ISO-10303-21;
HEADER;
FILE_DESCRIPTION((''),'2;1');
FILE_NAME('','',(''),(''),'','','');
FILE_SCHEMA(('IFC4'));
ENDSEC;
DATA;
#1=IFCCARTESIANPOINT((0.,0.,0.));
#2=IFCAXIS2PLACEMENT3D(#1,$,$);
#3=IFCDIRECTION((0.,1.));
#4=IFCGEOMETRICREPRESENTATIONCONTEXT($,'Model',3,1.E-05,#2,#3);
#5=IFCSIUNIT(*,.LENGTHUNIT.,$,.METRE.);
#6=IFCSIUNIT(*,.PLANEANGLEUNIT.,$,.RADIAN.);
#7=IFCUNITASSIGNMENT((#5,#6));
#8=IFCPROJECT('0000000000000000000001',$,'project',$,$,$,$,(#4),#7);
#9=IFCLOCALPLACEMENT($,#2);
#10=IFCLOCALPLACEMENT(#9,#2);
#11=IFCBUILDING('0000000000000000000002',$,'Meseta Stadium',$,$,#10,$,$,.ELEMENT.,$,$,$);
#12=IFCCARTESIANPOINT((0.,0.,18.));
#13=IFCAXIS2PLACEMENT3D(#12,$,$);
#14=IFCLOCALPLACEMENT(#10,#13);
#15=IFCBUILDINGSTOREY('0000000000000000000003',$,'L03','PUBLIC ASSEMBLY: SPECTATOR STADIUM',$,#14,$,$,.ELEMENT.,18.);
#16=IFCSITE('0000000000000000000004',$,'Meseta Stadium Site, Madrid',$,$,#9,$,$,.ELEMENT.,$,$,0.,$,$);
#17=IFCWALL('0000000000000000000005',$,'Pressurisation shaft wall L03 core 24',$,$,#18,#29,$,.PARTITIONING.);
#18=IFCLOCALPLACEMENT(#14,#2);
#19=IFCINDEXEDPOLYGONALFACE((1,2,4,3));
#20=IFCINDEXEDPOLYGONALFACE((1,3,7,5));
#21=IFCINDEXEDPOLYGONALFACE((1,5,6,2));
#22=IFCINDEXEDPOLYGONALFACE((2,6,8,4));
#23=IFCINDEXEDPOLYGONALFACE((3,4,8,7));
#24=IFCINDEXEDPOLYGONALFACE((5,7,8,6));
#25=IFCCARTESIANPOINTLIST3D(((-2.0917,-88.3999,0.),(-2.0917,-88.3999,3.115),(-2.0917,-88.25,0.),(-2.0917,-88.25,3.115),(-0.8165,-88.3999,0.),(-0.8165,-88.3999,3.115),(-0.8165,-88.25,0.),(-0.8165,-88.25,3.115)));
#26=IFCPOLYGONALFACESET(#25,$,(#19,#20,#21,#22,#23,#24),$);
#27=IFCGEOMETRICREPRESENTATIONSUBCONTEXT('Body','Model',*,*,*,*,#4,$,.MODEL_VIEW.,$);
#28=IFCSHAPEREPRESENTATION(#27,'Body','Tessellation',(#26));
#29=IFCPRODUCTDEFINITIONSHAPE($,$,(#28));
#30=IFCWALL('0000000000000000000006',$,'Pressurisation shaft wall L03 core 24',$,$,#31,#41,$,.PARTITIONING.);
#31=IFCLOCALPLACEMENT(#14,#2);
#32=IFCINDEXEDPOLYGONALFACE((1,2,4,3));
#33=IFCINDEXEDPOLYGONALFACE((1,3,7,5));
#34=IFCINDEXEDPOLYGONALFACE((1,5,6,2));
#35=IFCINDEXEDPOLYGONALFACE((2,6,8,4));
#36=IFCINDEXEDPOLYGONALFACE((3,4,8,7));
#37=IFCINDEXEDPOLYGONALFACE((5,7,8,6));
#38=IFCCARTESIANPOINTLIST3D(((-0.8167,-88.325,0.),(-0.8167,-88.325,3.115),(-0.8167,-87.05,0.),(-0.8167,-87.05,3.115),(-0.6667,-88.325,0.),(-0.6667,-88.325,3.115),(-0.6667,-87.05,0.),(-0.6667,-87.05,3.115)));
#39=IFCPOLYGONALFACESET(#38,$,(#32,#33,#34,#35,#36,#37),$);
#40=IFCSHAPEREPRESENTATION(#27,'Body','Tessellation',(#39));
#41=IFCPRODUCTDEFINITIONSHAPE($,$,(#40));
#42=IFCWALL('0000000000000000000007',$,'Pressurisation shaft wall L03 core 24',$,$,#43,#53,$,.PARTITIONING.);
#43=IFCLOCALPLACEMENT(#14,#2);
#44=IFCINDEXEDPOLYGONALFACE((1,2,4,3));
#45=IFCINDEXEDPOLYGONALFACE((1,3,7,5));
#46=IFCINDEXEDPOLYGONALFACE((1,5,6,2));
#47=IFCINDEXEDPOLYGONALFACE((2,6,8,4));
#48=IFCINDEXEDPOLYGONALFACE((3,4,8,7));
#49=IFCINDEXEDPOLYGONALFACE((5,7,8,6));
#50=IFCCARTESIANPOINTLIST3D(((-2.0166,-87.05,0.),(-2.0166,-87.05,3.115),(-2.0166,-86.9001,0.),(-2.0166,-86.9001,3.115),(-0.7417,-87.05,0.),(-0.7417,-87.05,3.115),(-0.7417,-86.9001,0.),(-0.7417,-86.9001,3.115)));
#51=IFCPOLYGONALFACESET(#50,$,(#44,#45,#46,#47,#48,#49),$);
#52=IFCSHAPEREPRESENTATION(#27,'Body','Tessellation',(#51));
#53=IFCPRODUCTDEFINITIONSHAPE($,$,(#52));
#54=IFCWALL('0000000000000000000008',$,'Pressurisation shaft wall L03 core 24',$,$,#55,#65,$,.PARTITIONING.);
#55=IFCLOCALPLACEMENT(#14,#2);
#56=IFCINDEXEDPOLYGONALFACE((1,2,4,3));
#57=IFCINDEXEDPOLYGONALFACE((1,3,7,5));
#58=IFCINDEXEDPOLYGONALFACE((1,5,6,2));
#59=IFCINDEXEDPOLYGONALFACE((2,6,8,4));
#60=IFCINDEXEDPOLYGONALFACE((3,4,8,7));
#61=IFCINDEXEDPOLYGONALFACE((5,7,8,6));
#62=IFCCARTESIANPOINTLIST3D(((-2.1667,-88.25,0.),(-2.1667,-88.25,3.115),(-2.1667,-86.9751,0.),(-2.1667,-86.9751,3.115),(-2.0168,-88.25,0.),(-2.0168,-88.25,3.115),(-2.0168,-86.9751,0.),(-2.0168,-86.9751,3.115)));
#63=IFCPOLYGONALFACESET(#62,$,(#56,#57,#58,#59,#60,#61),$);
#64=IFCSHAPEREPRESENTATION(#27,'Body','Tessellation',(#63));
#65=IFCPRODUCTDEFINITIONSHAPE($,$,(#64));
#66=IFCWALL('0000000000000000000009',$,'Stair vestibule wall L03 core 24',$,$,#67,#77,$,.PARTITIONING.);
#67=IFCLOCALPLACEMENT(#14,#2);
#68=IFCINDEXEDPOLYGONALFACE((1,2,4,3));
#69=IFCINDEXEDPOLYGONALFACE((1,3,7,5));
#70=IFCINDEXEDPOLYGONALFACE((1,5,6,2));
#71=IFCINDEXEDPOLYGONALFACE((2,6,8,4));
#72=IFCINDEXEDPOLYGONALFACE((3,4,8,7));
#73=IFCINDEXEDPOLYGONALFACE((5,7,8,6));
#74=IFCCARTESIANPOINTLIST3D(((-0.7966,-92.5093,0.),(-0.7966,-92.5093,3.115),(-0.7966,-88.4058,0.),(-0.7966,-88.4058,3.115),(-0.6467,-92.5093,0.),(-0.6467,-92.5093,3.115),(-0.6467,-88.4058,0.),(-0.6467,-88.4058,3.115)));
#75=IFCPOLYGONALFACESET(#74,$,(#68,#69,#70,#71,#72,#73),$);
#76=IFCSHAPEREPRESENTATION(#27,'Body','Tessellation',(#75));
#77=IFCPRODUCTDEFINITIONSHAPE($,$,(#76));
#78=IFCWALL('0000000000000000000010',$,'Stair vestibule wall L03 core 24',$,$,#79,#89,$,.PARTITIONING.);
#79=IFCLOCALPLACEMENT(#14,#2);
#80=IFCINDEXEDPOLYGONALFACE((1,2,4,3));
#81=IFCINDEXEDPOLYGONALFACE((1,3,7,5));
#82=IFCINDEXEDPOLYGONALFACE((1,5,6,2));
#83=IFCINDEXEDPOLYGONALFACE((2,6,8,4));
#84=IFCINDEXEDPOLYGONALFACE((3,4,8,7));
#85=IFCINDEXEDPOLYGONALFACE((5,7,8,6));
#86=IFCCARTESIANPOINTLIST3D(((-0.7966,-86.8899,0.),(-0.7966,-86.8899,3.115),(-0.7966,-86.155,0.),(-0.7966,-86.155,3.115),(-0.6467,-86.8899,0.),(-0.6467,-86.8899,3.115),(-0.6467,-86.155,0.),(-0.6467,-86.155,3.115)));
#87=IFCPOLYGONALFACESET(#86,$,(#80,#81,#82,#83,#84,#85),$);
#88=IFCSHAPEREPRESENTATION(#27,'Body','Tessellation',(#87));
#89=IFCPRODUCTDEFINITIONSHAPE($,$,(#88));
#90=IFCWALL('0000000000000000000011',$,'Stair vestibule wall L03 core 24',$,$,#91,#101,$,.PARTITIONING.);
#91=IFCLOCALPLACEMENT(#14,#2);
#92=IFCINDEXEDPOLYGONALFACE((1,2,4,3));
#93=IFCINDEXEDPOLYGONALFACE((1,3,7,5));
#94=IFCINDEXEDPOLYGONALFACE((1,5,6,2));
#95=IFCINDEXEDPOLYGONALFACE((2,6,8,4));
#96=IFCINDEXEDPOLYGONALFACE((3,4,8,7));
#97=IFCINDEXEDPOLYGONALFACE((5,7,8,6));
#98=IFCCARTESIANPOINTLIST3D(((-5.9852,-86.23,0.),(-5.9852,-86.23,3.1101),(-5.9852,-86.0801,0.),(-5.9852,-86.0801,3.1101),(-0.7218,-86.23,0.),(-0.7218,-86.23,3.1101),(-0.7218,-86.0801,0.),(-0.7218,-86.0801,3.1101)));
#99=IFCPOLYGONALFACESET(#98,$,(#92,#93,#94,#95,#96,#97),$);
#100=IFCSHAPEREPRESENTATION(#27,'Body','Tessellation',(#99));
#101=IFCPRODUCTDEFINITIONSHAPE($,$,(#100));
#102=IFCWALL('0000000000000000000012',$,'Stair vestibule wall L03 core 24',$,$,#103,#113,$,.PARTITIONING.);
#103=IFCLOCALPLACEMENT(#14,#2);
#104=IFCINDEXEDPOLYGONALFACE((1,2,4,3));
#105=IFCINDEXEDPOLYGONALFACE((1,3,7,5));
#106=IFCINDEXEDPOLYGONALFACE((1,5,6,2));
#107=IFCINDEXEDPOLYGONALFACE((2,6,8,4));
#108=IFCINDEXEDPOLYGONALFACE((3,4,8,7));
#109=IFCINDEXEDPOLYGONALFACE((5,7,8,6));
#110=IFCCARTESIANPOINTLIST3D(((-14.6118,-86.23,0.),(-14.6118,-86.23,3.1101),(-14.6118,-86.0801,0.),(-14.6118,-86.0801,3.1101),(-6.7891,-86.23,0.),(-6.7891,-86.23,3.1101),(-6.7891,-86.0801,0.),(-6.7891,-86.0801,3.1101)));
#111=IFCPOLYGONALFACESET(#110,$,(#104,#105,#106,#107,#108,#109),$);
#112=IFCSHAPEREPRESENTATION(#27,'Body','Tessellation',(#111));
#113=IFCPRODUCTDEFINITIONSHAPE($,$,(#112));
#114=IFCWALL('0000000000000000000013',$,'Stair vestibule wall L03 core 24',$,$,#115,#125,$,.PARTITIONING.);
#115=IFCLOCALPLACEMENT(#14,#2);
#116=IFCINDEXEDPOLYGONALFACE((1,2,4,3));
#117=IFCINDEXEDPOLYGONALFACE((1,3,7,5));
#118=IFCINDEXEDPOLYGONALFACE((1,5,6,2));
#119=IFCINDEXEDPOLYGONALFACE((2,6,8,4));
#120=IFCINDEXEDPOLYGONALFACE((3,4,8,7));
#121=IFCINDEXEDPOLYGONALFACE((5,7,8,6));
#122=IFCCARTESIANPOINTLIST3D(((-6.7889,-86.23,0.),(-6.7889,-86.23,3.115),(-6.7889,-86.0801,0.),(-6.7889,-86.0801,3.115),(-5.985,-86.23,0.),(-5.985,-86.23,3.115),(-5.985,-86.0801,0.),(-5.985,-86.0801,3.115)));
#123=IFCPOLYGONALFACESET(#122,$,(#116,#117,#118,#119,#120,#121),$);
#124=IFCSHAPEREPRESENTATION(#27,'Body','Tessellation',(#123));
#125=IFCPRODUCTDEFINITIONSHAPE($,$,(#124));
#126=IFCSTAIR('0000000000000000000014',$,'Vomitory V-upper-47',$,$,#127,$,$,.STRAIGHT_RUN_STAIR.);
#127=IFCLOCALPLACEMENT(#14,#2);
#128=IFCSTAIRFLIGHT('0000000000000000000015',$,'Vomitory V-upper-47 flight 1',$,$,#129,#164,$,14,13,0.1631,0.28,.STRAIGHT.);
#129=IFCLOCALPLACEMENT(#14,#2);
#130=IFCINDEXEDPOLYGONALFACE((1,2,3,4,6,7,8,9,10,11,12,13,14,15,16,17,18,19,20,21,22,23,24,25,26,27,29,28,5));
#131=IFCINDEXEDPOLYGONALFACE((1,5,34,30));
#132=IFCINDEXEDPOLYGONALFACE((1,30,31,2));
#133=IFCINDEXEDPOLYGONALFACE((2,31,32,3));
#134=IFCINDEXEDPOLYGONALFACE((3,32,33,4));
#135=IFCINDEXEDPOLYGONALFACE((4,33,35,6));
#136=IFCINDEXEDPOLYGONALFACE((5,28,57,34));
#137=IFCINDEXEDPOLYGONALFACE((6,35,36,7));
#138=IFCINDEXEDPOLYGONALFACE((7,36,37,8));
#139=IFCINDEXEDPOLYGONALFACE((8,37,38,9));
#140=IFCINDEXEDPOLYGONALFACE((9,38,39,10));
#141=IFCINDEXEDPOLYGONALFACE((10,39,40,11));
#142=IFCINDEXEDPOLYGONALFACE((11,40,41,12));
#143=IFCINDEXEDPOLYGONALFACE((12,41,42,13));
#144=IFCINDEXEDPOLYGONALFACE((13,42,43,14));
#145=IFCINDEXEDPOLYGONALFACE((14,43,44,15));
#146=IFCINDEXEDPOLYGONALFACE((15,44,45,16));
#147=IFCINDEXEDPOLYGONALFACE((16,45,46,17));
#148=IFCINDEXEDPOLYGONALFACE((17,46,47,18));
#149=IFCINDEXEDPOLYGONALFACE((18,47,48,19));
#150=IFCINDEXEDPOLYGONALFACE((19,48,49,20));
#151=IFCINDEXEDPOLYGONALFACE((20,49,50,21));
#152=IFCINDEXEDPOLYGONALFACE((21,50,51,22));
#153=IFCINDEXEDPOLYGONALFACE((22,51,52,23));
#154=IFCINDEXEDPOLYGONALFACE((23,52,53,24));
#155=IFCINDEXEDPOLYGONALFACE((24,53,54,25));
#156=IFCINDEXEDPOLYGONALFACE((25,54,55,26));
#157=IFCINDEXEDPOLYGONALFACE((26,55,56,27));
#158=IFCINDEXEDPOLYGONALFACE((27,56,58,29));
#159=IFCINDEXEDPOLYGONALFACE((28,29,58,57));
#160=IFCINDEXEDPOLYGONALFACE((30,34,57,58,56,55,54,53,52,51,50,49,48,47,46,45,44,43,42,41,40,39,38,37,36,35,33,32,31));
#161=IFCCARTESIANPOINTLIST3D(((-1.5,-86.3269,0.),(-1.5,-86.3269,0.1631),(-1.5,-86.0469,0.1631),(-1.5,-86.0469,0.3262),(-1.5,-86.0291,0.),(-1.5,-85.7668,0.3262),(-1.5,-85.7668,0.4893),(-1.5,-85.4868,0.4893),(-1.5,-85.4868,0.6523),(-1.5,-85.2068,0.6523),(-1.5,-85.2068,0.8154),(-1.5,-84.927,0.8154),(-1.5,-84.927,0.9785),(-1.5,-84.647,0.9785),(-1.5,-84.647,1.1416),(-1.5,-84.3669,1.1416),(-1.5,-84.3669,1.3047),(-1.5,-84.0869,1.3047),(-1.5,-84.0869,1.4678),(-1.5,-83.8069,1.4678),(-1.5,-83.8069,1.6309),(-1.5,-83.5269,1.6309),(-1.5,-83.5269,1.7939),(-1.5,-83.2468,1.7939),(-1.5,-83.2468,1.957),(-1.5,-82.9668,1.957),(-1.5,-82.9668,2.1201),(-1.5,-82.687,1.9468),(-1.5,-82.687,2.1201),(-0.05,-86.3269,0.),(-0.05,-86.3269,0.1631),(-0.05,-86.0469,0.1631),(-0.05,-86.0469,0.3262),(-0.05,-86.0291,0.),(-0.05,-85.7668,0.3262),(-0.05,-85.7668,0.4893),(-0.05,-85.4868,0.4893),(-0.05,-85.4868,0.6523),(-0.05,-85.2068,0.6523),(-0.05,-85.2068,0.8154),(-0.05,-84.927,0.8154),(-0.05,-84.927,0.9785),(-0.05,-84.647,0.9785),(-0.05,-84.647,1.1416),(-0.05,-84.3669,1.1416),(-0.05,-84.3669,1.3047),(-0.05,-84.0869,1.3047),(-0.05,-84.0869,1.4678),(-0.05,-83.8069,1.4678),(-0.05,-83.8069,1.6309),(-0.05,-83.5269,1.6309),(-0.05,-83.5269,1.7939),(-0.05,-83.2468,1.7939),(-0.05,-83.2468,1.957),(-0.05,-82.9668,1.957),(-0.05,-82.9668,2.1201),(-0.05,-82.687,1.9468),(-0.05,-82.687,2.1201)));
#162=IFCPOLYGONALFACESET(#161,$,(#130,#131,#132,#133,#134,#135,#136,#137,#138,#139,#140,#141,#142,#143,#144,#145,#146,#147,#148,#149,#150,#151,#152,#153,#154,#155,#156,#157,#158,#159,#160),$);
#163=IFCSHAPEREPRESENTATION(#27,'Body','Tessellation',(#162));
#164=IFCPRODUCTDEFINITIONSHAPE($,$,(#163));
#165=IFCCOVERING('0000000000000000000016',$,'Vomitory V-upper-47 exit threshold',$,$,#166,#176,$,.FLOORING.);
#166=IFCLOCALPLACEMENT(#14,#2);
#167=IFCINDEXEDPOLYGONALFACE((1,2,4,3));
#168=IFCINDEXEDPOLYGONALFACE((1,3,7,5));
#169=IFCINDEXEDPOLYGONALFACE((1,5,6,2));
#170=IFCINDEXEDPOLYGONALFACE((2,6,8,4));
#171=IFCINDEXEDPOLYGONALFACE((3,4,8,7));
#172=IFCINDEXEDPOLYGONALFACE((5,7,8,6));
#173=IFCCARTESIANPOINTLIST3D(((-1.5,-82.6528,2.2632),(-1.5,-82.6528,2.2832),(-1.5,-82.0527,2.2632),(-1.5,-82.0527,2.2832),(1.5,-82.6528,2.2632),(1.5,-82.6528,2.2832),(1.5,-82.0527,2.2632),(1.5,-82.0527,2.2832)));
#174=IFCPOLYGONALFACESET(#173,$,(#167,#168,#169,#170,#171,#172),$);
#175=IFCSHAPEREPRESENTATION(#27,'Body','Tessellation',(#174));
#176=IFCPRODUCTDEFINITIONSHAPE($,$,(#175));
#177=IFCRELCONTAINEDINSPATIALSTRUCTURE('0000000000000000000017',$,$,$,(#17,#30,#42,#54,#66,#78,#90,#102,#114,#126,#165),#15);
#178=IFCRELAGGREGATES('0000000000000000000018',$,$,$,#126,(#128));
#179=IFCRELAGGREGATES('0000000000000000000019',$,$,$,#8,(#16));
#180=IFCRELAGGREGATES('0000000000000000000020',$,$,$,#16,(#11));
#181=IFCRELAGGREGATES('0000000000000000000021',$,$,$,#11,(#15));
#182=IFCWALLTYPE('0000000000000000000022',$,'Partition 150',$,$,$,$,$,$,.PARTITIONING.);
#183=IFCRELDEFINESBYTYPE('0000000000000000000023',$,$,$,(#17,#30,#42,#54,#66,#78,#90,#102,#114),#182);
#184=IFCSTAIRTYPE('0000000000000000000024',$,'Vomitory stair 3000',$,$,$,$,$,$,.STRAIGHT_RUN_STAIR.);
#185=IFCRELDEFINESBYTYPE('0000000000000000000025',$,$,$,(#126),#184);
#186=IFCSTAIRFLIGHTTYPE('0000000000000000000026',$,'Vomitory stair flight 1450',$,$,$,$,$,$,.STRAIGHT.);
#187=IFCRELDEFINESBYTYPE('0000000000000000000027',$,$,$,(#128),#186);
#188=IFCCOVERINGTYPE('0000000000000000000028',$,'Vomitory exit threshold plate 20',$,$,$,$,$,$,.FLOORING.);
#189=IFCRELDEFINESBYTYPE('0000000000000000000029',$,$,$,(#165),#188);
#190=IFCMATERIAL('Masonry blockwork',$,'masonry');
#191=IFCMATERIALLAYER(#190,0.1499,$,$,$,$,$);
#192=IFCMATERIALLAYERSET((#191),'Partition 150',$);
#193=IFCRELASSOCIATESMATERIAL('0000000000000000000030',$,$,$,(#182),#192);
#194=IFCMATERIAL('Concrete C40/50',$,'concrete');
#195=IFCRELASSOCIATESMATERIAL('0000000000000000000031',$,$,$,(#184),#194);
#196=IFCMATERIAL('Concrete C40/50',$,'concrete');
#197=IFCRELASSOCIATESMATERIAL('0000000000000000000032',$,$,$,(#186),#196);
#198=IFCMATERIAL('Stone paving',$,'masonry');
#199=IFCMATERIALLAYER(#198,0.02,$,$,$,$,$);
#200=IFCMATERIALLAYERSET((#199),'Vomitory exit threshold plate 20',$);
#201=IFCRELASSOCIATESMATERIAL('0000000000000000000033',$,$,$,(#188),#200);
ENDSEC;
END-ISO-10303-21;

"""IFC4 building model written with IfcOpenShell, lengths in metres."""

from ifc_helpers import new_model, si_unit, direction, frame, frame_2d, origin, origin_2d, place, context, subcontext, project, spatial, polyline, rectangle, outline, extrude, material, layer, layer_set, type_object, element, aggregate, save


model = new_model("IFC4")

# Units and contexts
model_context = context("Model", 3, precision=1e-05, world=origin(), true_north=direction((0.0, 1.0)))
body_context = subcontext(model_context, "Body", "Model", "MODEL_VIEW")
ifc_project = project(units=[si_unit("LENGTHUNIT", "METRE"), si_unit("PLANEANGLEUNIT", "RADIAN")], contexts=[model_context])

# Site, building, storey
site_placement = place(None, origin())
site = spatial("IfcSite", under=ifc_project, at=site_placement, Name="Meseta Stadium Site, Madrid", CompositionType="ELEMENT", RefElevation=0.0)
building_placement = place(site_placement, origin())
building = spatial("IfcBuilding", under=site, at=building_placement, Name="Meseta Stadium", CompositionType="ELEMENT")
storey_placement = place(building_placement, frame((0.0, 0.0, 18.0)))
storey = spatial("IfcBuildingStorey", under=building, at=storey_placement, Name="L03", Description="PUBLIC ASSEMBLY: SPECTATOR STADIUM", CompositionType="ELEMENT", Elevation=18.0)

# Walls
ifc_material_1 = material(Name="Masonry blockwork", Category="masonry")
ifc_layer_1 = layer(ifc_material_1, 0.1499)
ifc_layer_set_1 = layer_set([ifc_layer_1], Name="Partition 150")
wall_type_1 = type_object("IfcWallType", Name="Partition 150", PredefinedType="PARTITIONING", material=ifc_layer_set_1)
wall_1_placement = place(storey_placement, frame((-2.0918, -88.325, 0.0), z_axis=(0.0, 0.0, 1.0), x_axis=(1.0, 0.0, 0.0)))
element("IfcWall", 1, at=wall_1_placement, inside=storey, type_object=wall_type_1, Name="Pressurisation shaft wall L03 core 24", PredefinedType="PARTITIONING", context=body_context, shape_type="SweptSolid", body=[
    extrude(rectangle(XDim=1.2751, YDim=0.1499, at=frame_2d((0.6377, 0.0))), origin(), (0.0, 0.0, 1.0), 3.115),
])
for number, where, z_axis, x_axis, name in (
    (2, (-0.7417, -88.325, 0.0), (0.0, 0.0, 1.0), (0.0, 1.0, 0.0), "Pressurisation shaft wall L03 core 24"),
    (3, (-0.7417, -86.9751, 0.0), (0.0, 0.0, 1.0), (-1.0, 0.0, 0.0), "Pressurisation shaft wall L03 core 24"),
    (4, (-2.0918, -86.9751, 0.0), (0.0, 0.0, 1.0), (0.0, -1.0, 0.0), "Pressurisation shaft wall L03 core 24"),
):
    element("IfcWall", number, at=place(storey_placement, frame(where, z_axis=z_axis, x_axis=x_axis)), inside=storey, type_object=wall_type_1, Name=name, PredefinedType="PARTITIONING", context=body_context, shape_type="SweptSolid", body=[
        extrude(rectangle(XDim=1.2749, YDim=0.1499, at=frame_2d((0.6375, 0.0))), origin(), (0.0, 0.0, 1.0), 3.115),
    ])
wall_2_placement = place(storey_placement, frame((-0.7217, -92.5093, 0.0), z_axis=(0.0, 0.0, 1.0), x_axis=(0.0, 1.0, 0.0)))
element("IfcWall", 5, at=wall_2_placement, inside=storey, type_object=wall_type_1, Name="Stair vestibule wall L03 core 24", PredefinedType="PARTITIONING", context=body_context, shape_type="SweptSolid", body=[
    extrude(rectangle(XDim=4.1035, YDim=0.1499, at=frame_2d((2.0518, 0.0))), origin(), (0.0, 0.0, 1.0), 3.115),
])
wall_3_placement = place(storey_placement, frame((-0.7217, -86.8899, 0.0), z_axis=(0.0, 0.0, 1.0), x_axis=(0.0, 1.0, 0.0)))
element("IfcWall", 6, at=wall_3_placement, inside=storey, type_object=wall_type_1, Name="Stair vestibule wall L03 core 24", PredefinedType="PARTITIONING", context=body_context, shape_type="SweptSolid", body=[
    extrude(rectangle(XDim=0.7349, YDim=0.1499, at=frame_2d((0.3674, 0.0))), origin(), (0.0, 0.0, 1.0), 3.115),
])
wall_4_placement = place(storey_placement, frame((-0.7217, -86.155, 0.0), z_axis=(0.0, 0.0, 1.0), x_axis=(-1.0, 0.0, 0.0)))
element("IfcWall", 7, at=wall_4_placement, inside=storey, type_object=wall_type_1, Name="Stair vestibule wall L03 core 24", PredefinedType="PARTITIONING", context=body_context, shape_type="SweptSolid", body=[
    extrude(rectangle(XDim=5.2634, YDim=0.1499, at=frame_2d((2.6318, 0.0))), origin(), (0.0, 0.0, 1.0), 3.1101),
])
wall_5_placement = place(storey_placement, frame((-6.7891, -86.155, 0.0), z_axis=(0.0, 0.0, 1.0), x_axis=(-1.0, 0.0, 0.0)))
element("IfcWall", 8, at=wall_5_placement, inside=storey, type_object=wall_type_1, Name="Stair vestibule wall L03 core 24", PredefinedType="PARTITIONING", context=body_context, shape_type="SweptSolid", body=[
    extrude(rectangle(XDim=7.8228, YDim=0.1499, at=frame_2d((3.9114, 0.0))), origin(), (0.0, 0.0, 1.0), 3.1101),
])
wall_6_placement = place(storey_placement, frame((-5.9851, -86.155, 0.0), z_axis=(0.0, 0.0, 1.0), x_axis=(-1.0, 0.0, 0.0)))
element("IfcWall", 9, at=wall_6_placement, inside=storey, type_object=wall_type_1, Name="Stair vestibule wall L03 core 24", PredefinedType="PARTITIONING", context=body_context, shape_type="SweptSolid", body=[
    extrude(rectangle(XDim=0.804, YDim=0.1499, at=frame_2d((0.4019, 0.0))), origin(), (0.0, 0.0, 1.0), 3.115),
])

# Stair, stair flight
ifc_material_2 = material(Name="Concrete C40/50", Category="concrete")
stair_type = type_object("IfcStairType", Name="Vomitory stair 3000", PredefinedType="STRAIGHT_RUN_STAIR", material=ifc_material_2)
stair_placement = place(storey_placement, origin())
stair = element("IfcStair", 10, at=stair_placement, inside=storey, type_object=stair_type, Name="Vomitory V-upper-47", PredefinedType="STRAIGHT_RUN_STAIR")
ifc_material_3 = material(Name="Concrete C40/50", Category="concrete")
stair_flight_type = type_object("IfcStairFlightType", Name="Vomitory stair flight 1450", PredefinedType="STRAIGHT", material=ifc_material_3)
stair_flight_placement = place(storey_placement, frame((-0.7749, -86.3269, 0.0), z_axis=(0.0, 0.0, 1.0), x_axis=(0.0, 1.0, 0.0)))
stair_flight = element("IfcStairFlight", 11, at=stair_flight_placement, type_object=stair_flight_type, Name="Vomitory V-upper-47 flight 1", NumberOfRisers=14, NumberOfTreads=13, PredefinedType="STRAIGHT", RiserHeight=0.1631, TreadLength=0.28, context=body_context, shape_type="SweptSolid", body=[
    extrude(outline(polyline([(0.0, 0.0), (0.0, 0.1631), (0.28, 0.1631), (0.28, 0.3262), (0.5601, 0.3262), (0.5601, 0.4893), (0.8401, 0.4893), (0.8401, 0.6523), (1.1201, 0.6523), (1.1201, 0.8154), (1.3999, 0.8154), (1.3999, 0.9785), (1.6799, 0.9785), (1.6799, 1.1416), (1.96, 1.1416), (1.96, 1.3047), (2.24, 1.3047), (2.24, 1.4678), (2.52, 1.4678), (2.52, 1.6309), (2.8, 1.6309), (2.8, 1.7939), (3.0801, 1.7939), (3.0801, 1.957), (3.3601, 1.957), (3.3601, 2.1201), (3.6399, 2.1201), (3.6399, 1.9468), (0.2979, 0.0), (0.0, 0.0)])), frame((0.0, 0.7251, 0.0), z_axis=(0.0, -1.0, 0.0), x_axis=(1.0, 0.0, 0.0)), (0.0, 0.0, 1.0), 1.45),
])
aggregate(stair, [stair_flight])

# Covering
ifc_material_4 = material(Name="Stone paving", Category="masonry")
ifc_layer_2 = layer(ifc_material_4, 0.02)
ifc_layer_set_2 = layer_set([ifc_layer_2], Name="Vomitory exit threshold plate 20")
covering_type = type_object("IfcCoveringType", Name="Vomitory exit threshold plate 20", PredefinedType="FLOORING", material=ifc_layer_set_2)
covering_placement = place(storey_placement, frame((0.0, -82.3528, 2.2632), z_axis=(0.0, 0.0, 1.0), x_axis=(0.0, 1.0, 0.0)))
element("IfcCovering", 12, at=covering_placement, inside=storey, type_object=covering_type, Name="Vomitory V-upper-47 exit threshold", PredefinedType="FLOORING", context=body_context, shape_type="SweptSolid", body=[
    extrude(rectangle(XDim=0.6001, YDim=3.0, at=origin_2d()), origin(), (0.0, 0.0, 1.0), 0.02),
])

save(model, "model.ifc")
